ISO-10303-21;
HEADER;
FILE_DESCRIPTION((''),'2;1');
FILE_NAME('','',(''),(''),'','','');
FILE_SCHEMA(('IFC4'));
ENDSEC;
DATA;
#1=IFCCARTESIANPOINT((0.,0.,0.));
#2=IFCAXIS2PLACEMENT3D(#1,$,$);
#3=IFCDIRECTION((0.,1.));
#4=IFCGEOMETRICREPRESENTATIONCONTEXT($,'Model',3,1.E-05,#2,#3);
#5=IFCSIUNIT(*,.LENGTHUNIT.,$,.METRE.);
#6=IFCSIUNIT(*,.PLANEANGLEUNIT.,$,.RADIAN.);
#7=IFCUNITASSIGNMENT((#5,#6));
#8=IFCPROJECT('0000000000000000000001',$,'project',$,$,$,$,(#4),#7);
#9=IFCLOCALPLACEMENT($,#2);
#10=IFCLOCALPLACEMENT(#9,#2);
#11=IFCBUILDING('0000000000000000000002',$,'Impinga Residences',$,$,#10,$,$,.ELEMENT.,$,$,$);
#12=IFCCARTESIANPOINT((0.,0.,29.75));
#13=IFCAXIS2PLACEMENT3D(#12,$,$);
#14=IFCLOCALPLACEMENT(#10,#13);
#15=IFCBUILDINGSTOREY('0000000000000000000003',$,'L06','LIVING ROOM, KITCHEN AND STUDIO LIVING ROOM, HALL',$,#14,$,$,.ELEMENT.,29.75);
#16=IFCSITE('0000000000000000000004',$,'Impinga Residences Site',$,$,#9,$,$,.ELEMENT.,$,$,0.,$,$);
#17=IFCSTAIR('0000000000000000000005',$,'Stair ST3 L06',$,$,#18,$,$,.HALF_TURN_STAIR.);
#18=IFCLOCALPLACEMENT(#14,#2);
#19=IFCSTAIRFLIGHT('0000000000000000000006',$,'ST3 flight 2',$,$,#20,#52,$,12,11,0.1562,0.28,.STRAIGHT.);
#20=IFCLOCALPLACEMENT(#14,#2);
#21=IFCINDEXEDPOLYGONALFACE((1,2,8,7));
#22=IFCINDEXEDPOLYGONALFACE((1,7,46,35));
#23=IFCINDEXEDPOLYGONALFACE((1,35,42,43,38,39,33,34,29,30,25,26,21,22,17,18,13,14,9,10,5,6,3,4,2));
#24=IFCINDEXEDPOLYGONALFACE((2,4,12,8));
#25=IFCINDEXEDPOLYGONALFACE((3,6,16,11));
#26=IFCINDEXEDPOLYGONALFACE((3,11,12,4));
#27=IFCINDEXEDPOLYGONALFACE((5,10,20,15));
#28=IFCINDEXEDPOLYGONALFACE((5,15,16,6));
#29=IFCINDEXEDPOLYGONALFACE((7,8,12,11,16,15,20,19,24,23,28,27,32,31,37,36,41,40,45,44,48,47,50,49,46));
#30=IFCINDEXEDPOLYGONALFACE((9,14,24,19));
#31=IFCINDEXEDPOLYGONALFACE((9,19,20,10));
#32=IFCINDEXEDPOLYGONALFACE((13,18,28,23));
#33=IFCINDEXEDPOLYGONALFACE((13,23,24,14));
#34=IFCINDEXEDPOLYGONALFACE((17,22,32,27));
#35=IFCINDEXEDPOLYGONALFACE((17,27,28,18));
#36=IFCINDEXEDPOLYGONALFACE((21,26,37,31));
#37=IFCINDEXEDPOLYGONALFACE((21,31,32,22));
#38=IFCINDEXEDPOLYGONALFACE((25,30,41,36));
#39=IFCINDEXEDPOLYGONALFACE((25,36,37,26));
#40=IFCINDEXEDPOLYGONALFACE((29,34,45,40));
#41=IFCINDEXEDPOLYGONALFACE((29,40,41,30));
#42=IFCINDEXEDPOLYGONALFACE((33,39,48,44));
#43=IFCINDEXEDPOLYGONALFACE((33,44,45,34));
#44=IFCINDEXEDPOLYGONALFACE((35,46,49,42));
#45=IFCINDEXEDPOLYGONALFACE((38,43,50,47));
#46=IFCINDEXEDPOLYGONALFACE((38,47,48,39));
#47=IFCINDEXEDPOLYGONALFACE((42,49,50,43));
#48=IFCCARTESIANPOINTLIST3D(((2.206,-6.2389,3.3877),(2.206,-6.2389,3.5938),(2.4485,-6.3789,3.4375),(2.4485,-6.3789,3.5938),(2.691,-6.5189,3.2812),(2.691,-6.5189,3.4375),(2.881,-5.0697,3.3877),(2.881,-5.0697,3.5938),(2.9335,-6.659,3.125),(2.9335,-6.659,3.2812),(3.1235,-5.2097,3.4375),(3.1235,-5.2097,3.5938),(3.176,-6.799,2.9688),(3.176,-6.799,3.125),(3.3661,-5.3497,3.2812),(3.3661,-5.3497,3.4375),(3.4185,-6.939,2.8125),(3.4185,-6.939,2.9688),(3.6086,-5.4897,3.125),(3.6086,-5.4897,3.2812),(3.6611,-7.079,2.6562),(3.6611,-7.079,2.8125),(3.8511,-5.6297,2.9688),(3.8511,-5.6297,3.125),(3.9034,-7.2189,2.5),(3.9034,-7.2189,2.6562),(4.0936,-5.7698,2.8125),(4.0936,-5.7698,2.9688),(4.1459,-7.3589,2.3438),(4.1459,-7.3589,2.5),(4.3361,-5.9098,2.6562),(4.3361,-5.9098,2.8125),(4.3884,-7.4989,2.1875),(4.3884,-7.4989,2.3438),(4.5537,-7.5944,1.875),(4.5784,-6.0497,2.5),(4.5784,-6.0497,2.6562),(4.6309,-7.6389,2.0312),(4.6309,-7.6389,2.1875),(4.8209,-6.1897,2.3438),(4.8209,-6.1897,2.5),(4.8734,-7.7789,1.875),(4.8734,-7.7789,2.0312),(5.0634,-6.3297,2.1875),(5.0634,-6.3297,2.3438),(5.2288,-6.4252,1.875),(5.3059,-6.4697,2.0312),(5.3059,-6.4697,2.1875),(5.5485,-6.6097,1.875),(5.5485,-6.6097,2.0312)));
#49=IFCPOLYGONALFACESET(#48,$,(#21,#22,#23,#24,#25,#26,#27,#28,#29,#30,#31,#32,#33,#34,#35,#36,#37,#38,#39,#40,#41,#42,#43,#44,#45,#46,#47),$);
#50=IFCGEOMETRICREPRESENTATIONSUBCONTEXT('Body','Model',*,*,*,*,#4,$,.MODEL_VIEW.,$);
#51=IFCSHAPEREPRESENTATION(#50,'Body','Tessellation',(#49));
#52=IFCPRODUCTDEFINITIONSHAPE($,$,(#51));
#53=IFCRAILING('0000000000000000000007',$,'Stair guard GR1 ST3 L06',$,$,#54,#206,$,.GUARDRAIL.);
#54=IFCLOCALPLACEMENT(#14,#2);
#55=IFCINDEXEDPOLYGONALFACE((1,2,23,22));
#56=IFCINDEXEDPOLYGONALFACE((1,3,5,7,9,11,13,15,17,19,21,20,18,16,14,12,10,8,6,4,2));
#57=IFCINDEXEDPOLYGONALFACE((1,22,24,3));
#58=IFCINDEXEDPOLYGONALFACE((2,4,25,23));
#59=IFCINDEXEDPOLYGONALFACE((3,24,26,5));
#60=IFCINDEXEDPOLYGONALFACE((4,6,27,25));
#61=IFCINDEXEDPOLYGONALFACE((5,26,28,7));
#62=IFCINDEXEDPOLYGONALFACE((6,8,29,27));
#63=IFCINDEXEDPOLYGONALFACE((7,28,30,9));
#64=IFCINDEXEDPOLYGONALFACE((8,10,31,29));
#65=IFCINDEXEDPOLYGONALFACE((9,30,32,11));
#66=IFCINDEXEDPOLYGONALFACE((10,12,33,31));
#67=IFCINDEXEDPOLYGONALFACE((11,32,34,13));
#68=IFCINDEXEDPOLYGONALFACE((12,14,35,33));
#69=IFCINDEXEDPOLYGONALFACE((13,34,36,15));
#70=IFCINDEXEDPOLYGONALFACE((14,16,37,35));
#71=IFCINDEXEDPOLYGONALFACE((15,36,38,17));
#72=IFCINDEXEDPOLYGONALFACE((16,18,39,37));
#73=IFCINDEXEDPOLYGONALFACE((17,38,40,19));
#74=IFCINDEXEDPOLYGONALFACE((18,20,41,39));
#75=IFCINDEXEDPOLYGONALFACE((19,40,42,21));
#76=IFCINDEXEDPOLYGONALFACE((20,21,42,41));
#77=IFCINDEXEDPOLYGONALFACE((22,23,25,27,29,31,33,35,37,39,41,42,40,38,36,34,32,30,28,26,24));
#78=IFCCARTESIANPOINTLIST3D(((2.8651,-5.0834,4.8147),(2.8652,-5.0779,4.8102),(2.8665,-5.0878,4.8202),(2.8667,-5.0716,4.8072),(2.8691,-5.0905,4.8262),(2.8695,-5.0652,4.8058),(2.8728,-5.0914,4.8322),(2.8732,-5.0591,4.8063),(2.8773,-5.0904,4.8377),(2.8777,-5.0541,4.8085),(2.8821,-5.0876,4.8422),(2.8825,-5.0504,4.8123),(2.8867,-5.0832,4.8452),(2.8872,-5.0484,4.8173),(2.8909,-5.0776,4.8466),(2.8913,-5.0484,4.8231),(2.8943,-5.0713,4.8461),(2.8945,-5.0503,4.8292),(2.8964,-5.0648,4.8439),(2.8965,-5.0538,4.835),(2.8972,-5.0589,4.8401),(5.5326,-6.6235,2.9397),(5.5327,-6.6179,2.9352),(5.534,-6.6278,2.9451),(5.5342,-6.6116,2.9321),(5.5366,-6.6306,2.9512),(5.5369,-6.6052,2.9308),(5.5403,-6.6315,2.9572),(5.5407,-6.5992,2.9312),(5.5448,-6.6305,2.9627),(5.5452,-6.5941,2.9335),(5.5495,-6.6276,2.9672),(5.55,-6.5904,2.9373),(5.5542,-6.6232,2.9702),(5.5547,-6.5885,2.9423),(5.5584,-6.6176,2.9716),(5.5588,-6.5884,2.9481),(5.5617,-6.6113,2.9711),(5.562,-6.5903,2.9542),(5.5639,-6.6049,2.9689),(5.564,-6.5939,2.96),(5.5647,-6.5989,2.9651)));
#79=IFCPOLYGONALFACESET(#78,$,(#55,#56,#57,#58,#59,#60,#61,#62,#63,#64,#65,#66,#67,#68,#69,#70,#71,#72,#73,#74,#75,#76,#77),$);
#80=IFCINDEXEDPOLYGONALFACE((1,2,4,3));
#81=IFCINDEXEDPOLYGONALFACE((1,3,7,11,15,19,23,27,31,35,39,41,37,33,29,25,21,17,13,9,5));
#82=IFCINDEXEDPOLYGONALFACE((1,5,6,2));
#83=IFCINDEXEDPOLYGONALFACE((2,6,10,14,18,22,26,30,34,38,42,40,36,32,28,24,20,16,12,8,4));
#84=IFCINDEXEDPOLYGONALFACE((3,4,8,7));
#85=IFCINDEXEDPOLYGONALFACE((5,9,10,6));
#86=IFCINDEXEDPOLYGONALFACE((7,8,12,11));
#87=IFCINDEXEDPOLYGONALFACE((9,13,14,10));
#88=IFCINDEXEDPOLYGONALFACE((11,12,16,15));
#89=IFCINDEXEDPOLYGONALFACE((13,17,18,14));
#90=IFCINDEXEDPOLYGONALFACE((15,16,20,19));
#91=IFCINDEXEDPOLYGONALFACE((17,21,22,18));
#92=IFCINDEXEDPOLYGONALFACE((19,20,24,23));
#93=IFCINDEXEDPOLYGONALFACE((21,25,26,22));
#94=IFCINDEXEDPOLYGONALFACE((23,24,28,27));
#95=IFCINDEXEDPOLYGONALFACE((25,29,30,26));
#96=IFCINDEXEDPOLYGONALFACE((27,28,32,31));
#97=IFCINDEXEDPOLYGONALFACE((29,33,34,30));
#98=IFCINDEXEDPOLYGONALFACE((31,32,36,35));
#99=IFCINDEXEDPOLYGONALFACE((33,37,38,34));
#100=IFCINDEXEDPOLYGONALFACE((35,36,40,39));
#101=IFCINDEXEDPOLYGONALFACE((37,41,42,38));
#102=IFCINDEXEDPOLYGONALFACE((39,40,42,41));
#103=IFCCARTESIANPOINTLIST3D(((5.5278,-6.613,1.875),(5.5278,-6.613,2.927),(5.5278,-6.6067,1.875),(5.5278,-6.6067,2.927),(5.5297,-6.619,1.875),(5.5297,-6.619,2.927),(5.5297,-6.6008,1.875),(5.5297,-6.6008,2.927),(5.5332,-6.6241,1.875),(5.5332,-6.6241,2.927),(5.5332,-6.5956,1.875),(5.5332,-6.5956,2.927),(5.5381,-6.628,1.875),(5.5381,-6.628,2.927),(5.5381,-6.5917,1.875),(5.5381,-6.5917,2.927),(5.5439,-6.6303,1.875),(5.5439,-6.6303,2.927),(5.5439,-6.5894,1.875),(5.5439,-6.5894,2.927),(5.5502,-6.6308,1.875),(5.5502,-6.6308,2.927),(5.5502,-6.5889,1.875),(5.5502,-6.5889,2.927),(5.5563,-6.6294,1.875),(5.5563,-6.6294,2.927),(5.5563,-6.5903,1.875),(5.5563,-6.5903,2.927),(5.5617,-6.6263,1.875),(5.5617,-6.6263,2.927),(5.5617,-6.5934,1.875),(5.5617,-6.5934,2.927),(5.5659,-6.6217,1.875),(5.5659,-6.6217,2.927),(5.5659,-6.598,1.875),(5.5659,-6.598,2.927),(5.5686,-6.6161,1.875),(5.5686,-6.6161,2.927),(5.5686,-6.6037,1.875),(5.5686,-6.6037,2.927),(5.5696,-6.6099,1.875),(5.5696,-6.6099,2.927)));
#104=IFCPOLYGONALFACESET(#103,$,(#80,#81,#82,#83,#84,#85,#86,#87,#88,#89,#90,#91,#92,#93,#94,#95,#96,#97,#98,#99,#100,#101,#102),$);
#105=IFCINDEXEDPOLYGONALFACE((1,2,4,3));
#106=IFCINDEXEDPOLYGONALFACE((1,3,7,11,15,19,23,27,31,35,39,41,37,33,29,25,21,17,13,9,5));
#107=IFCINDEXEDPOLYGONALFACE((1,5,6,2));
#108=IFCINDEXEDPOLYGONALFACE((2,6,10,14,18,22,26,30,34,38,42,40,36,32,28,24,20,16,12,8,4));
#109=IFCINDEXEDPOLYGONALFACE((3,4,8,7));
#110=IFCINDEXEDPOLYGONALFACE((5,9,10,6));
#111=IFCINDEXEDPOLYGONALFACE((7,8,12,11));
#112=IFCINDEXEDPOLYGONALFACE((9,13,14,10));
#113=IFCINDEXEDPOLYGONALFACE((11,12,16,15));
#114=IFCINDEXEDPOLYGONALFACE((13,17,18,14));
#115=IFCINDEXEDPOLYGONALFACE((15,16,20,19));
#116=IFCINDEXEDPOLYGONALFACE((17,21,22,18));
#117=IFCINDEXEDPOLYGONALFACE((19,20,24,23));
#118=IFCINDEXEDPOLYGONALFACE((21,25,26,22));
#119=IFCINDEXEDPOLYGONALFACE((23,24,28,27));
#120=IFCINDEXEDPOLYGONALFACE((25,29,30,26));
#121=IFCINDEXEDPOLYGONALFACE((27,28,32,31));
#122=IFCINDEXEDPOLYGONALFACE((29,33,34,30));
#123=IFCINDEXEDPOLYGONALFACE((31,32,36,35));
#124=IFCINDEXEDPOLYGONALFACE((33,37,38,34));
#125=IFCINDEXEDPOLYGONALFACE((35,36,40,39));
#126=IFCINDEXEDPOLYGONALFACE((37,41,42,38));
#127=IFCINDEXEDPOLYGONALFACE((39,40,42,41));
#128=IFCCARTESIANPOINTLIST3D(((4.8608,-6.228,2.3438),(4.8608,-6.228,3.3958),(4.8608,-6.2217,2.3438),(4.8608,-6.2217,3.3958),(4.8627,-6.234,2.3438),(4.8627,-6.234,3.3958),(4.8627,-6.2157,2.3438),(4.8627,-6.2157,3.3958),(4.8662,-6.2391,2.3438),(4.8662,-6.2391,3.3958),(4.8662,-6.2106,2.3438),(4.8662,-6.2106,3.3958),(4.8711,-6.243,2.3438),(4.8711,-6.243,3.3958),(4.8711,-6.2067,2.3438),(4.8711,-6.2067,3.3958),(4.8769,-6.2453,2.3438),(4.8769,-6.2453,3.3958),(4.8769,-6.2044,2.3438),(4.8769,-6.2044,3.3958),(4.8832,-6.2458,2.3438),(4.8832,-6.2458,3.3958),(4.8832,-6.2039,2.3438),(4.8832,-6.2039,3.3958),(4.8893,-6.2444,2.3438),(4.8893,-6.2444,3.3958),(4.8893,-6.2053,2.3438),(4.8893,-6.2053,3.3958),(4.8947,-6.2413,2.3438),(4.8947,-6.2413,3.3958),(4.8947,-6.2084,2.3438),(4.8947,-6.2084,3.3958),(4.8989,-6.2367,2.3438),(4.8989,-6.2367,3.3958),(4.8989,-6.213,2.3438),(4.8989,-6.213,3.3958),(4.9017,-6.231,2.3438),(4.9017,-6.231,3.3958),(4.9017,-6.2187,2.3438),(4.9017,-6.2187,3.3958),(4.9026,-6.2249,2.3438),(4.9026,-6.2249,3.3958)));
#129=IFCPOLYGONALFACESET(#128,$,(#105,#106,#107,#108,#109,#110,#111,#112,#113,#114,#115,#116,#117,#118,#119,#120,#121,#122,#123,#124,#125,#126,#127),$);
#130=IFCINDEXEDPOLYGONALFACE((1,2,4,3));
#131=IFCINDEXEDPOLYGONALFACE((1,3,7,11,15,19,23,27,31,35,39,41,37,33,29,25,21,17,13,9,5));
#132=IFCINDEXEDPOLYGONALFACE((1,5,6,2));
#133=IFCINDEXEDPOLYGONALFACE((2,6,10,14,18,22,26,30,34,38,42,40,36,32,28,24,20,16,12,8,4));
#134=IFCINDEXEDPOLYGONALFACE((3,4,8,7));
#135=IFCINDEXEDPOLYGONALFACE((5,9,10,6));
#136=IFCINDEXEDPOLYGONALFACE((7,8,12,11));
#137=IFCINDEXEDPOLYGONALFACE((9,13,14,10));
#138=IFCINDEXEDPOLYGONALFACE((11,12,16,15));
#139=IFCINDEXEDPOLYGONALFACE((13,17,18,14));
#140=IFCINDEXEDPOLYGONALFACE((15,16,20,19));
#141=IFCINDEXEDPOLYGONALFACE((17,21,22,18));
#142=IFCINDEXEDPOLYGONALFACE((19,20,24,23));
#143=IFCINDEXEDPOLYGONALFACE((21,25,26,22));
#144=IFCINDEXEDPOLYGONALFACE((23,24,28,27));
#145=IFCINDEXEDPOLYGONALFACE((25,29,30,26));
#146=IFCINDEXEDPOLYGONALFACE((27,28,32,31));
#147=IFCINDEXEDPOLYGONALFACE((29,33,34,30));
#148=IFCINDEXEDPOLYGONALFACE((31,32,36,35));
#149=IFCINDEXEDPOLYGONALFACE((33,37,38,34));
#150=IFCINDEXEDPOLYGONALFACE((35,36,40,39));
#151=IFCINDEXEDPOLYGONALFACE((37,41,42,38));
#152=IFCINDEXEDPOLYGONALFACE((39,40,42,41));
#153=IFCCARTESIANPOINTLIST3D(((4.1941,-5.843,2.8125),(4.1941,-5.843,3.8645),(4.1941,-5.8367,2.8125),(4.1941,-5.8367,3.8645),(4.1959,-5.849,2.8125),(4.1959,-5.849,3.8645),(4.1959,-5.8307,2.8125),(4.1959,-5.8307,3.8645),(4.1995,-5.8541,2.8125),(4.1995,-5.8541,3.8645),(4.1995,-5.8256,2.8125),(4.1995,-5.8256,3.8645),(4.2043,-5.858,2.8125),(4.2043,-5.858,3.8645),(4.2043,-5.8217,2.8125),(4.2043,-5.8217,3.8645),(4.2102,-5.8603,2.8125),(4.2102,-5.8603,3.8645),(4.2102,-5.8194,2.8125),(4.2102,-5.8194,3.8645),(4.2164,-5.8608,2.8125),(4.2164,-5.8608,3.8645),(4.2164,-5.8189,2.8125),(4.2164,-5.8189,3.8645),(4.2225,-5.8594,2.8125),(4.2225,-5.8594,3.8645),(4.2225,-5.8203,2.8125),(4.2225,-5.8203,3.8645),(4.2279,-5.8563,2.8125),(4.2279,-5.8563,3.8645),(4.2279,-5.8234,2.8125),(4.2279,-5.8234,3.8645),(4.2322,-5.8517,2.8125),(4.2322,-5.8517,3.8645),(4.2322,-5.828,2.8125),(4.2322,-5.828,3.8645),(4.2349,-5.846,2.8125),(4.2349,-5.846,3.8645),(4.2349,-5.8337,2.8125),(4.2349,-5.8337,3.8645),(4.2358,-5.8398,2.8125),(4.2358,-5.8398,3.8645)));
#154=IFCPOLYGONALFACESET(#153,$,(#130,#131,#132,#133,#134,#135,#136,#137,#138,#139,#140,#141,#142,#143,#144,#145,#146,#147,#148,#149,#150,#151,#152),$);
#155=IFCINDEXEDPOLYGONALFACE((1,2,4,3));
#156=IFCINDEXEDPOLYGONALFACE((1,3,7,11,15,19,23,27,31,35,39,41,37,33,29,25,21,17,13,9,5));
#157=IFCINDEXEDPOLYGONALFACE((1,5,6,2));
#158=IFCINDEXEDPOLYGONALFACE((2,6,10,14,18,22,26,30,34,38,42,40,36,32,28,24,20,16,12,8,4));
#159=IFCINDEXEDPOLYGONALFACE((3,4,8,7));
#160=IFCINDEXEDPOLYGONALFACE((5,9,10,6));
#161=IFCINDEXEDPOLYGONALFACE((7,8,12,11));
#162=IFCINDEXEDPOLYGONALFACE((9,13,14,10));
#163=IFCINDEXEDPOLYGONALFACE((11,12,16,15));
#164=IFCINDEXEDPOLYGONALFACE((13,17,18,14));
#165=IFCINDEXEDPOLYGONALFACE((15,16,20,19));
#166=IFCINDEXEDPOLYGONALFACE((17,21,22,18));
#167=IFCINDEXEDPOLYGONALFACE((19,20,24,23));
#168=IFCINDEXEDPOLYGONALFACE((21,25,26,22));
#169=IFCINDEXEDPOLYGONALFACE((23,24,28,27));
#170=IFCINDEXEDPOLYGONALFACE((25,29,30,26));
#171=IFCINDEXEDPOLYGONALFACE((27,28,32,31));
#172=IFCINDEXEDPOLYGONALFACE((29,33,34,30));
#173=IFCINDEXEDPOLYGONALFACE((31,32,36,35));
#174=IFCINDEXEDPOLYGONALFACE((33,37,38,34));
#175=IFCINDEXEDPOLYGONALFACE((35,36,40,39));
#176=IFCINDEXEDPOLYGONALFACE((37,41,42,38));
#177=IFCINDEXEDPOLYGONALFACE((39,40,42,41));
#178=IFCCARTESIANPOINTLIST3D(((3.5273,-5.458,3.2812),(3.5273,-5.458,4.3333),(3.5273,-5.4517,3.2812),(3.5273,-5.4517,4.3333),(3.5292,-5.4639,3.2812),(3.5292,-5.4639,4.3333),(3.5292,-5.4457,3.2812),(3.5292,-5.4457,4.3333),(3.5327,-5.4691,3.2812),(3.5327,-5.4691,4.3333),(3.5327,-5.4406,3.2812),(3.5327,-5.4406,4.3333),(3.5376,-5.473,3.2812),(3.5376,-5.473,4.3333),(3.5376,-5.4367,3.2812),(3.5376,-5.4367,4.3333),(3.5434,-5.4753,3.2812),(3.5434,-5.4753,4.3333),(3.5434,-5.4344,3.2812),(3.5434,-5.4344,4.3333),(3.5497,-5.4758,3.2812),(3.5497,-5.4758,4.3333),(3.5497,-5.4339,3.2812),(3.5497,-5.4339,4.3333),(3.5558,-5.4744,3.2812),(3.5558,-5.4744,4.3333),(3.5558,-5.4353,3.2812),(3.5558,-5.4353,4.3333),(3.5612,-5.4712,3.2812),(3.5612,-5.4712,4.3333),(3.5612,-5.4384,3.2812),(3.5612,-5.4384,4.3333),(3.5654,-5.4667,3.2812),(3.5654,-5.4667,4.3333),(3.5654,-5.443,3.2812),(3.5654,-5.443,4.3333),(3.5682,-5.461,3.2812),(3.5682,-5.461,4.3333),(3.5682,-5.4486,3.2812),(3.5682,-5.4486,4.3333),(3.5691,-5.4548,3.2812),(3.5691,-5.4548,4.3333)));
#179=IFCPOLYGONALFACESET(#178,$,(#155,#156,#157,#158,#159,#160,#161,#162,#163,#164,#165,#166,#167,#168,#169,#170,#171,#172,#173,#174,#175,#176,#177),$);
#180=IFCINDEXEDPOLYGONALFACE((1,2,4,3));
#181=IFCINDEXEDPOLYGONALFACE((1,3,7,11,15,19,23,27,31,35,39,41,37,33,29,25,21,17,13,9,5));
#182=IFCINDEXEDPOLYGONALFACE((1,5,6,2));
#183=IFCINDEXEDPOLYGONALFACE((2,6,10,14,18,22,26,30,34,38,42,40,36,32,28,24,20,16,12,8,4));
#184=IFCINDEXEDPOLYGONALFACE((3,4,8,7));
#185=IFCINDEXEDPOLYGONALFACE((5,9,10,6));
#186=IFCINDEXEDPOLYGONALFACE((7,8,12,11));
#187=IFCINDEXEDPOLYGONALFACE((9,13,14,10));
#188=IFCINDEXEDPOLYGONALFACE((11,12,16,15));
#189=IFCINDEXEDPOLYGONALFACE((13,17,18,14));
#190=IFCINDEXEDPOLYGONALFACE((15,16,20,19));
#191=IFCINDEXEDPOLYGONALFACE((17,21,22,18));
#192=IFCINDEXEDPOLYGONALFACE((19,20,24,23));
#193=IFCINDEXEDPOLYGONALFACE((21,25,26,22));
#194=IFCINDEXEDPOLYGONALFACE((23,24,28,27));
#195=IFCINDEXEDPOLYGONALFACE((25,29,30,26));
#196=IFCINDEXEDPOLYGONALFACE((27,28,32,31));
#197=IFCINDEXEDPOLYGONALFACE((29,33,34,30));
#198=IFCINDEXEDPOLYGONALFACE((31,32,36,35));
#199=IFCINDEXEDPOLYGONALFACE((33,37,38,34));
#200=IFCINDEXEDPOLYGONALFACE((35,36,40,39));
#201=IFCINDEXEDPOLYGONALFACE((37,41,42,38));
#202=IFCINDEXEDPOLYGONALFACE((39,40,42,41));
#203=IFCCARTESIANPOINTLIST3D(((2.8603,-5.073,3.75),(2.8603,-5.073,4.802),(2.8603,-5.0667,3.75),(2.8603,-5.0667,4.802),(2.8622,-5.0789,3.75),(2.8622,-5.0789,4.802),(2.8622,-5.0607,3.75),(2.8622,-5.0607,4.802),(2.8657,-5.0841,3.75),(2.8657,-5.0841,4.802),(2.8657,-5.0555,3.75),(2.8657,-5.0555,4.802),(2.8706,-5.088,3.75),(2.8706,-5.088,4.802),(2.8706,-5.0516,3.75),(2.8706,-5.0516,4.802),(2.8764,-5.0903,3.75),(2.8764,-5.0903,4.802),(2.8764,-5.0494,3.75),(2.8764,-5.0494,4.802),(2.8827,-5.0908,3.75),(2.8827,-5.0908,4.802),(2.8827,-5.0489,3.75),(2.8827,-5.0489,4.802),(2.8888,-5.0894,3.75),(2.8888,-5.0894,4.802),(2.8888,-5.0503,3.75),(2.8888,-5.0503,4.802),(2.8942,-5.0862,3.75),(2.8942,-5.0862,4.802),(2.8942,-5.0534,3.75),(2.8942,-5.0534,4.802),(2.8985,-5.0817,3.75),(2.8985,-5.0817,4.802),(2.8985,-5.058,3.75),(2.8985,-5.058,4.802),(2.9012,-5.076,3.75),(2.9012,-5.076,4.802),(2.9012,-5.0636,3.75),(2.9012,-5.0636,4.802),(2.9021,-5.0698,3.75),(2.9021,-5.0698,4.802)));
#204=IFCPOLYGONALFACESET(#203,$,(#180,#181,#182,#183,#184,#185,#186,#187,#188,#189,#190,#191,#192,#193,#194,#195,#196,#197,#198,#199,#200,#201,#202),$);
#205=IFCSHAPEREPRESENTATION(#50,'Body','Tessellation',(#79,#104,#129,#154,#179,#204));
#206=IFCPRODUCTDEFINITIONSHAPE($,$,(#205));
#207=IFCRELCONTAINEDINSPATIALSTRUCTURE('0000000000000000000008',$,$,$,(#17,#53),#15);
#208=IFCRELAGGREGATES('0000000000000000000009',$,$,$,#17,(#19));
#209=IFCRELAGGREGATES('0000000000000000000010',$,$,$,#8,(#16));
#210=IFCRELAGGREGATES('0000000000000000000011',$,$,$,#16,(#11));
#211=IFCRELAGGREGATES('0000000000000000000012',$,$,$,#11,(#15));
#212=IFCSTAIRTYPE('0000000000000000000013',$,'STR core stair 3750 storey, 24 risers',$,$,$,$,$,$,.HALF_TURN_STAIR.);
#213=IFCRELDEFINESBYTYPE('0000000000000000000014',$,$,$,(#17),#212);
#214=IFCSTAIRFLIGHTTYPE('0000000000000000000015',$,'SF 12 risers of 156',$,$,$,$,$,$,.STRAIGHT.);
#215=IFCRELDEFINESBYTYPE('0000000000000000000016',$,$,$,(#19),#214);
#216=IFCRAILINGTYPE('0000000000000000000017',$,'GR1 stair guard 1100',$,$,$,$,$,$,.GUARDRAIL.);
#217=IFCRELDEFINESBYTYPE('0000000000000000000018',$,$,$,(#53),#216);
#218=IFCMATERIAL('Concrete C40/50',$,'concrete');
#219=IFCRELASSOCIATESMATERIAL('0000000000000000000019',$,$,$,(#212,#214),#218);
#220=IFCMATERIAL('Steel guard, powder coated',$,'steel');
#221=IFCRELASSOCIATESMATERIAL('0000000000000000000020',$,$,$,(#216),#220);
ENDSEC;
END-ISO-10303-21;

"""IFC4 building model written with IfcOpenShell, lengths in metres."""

from ifc_helpers import new_model, si_unit, direction, frame, origin, origin_2d, place, context, subcontext, project, spatial, polyline, circle, outline, extrude, material, type_object, element, aggregate, save


model = new_model("IFC4")

# Units and contexts
model_context = context("Model", 3, precision=1e-05, world=origin(), true_north=direction((0.0, 1.0)))
body_context = subcontext(model_context, "Body", "Model", "MODEL_VIEW")
ifc_project = project(units=[si_unit("LENGTHUNIT", "METRE"), si_unit("PLANEANGLEUNIT", "RADIAN")], contexts=[model_context])

# Site, building, storey
site_placement = place(None, origin())
site = spatial("IfcSite", under=ifc_project, at=site_placement, Name="Impinga Residences Site", CompositionType="ELEMENT", RefElevation=0.0)
building_placement = place(site_placement, origin())
building = spatial("IfcBuilding", under=site, at=building_placement, Name="Impinga Residences", CompositionType="ELEMENT")
storey_placement = place(building_placement, frame((0.0, 0.0, 29.75)))
storey = spatial("IfcBuildingStorey", under=building, at=storey_placement, Name="L06", Description="LIVING ROOM, KITCHEN AND STUDIO LIVING ROOM, HALL", CompositionType="ELEMENT", Elevation=29.75)

# Stair, stair flight
ifc_material_1 = material(Name="Concrete C40/50", Category="concrete")
stair_type = type_object("IfcStairType", Name="STR core stair 3750 storey, 24 risers", PredefinedType="HALF_TURN_STAIR", material=ifc_material_1)
stair_placement = place(storey_placement, origin())
stair = element("IfcStair", 1, at=stair_placement, inside=storey, type_object=stair_type, Name="Stair ST3 L06", PredefinedType="HALF_TURN_STAIR")
stair_flight_type = type_object("IfcStairFlightType", Name="SF 12 risers of 156", PredefinedType="STRAIGHT", material=ifc_material_1)
stair_flight_placement = place(storey_placement, frame((5.2109, -7.1943, 1.875), z_axis=(0.0, 0.0, 1.0), x_axis=(-0.866025, 0.5, 0.0)))
stair_flight = element("IfcStairFlight", 2, at=stair_flight_placement, type_object=stair_flight_type, Name="ST3 flight 2", NumberOfRisers=12, NumberOfTreads=11, PredefinedType="STRAIGHT", RiserHeight=0.1562, TreadLength=0.28, context=body_context, shape_type="SweptSolid", body=[
    extrude(outline(polyline([(0.0, 0.0), (0.0, 0.1562), (0.28, 0.1562), (0.28, 0.3125), (0.5601, 0.3125), (0.5601, 0.4688), (0.8401, 0.4688), (0.8401, 0.625), (1.1201, 0.625), (1.1201, 0.7812), (1.3999, 0.7812), (1.3999, 0.9375), (1.6799, 0.9375), (1.6799, 1.0938), (1.96, 1.0938), (1.96, 1.25), (2.24, 1.25), (2.24, 1.4062), (2.52, 1.4062), (2.52, 1.5625), (2.8, 1.5625), (2.8, 1.7188), (3.0801, 1.7188), (3.0801, 1.875), (3.0801, 1.5127), (0.3691, 0.0), (0.0, 0.0)])), frame((0.0, 0.675, 0.0), z_axis=(0.0, -1.0, 0.0), x_axis=(1.0, 0.0, 0.0)), (0.0, 0.0, 1.0), 1.3501),
])
aggregate(stair, [stair_flight])

# Railing
ifc_material_2 = material(Name="Steel guard, powder coated", Category="steel")
railing_type_1 = type_object("IfcRailingType", Name="GR1 stair guard 1100", PredefinedType="GUARDRAIL", material=ifc_material_2)
railing_1_placement = place(storey_placement, frame((5.5486, -6.6099, 1.875)))
element("IfcRailing", 3, at=railing_1_placement, inside=storey, type_object=railing_type_1, Name="Stair guard GR1 ST3 L06", PredefinedType="GUARDRAIL", context=body_context, shape_type="SweptSolid", body=[
    extrude(circle(Radius=0.0239, at=origin_2d()), frame((0.0, 0.0, 1.0762), z_axis=(-0.739746, 0.427084, 0.519975), x_axis=(-0.499992, -0.86603, 0.0)), (0.0, 0.0, 1.0), 3.606),
    extrude(circle(Radius=0.021, at=origin_2d()), origin(), (0.0, 0.0, 1.0), 1.052),
    extrude(circle(Radius=0.021, at=origin_2d()), frame((-0.667, 0.385, 0.4688)), (0.0, 0.0, 1.0), 1.052),
    extrude(circle(Radius=0.021, at=origin_2d()), frame((-1.3337, 0.77, 0.9375)), (0.0, 0.0, 1.0), 1.052),
    extrude(circle(Radius=0.021, at=origin_2d()), frame((-2.0005, 1.155, 1.4062)), (0.0, 0.0, 1.0), 1.052),
    extrude(circle(Radius=0.021, at=origin_2d()), frame((-2.6675, 1.54, 1.875)), (0.0, 0.0, 1.0), 1.052),
])

save(model, "model.ifc")
